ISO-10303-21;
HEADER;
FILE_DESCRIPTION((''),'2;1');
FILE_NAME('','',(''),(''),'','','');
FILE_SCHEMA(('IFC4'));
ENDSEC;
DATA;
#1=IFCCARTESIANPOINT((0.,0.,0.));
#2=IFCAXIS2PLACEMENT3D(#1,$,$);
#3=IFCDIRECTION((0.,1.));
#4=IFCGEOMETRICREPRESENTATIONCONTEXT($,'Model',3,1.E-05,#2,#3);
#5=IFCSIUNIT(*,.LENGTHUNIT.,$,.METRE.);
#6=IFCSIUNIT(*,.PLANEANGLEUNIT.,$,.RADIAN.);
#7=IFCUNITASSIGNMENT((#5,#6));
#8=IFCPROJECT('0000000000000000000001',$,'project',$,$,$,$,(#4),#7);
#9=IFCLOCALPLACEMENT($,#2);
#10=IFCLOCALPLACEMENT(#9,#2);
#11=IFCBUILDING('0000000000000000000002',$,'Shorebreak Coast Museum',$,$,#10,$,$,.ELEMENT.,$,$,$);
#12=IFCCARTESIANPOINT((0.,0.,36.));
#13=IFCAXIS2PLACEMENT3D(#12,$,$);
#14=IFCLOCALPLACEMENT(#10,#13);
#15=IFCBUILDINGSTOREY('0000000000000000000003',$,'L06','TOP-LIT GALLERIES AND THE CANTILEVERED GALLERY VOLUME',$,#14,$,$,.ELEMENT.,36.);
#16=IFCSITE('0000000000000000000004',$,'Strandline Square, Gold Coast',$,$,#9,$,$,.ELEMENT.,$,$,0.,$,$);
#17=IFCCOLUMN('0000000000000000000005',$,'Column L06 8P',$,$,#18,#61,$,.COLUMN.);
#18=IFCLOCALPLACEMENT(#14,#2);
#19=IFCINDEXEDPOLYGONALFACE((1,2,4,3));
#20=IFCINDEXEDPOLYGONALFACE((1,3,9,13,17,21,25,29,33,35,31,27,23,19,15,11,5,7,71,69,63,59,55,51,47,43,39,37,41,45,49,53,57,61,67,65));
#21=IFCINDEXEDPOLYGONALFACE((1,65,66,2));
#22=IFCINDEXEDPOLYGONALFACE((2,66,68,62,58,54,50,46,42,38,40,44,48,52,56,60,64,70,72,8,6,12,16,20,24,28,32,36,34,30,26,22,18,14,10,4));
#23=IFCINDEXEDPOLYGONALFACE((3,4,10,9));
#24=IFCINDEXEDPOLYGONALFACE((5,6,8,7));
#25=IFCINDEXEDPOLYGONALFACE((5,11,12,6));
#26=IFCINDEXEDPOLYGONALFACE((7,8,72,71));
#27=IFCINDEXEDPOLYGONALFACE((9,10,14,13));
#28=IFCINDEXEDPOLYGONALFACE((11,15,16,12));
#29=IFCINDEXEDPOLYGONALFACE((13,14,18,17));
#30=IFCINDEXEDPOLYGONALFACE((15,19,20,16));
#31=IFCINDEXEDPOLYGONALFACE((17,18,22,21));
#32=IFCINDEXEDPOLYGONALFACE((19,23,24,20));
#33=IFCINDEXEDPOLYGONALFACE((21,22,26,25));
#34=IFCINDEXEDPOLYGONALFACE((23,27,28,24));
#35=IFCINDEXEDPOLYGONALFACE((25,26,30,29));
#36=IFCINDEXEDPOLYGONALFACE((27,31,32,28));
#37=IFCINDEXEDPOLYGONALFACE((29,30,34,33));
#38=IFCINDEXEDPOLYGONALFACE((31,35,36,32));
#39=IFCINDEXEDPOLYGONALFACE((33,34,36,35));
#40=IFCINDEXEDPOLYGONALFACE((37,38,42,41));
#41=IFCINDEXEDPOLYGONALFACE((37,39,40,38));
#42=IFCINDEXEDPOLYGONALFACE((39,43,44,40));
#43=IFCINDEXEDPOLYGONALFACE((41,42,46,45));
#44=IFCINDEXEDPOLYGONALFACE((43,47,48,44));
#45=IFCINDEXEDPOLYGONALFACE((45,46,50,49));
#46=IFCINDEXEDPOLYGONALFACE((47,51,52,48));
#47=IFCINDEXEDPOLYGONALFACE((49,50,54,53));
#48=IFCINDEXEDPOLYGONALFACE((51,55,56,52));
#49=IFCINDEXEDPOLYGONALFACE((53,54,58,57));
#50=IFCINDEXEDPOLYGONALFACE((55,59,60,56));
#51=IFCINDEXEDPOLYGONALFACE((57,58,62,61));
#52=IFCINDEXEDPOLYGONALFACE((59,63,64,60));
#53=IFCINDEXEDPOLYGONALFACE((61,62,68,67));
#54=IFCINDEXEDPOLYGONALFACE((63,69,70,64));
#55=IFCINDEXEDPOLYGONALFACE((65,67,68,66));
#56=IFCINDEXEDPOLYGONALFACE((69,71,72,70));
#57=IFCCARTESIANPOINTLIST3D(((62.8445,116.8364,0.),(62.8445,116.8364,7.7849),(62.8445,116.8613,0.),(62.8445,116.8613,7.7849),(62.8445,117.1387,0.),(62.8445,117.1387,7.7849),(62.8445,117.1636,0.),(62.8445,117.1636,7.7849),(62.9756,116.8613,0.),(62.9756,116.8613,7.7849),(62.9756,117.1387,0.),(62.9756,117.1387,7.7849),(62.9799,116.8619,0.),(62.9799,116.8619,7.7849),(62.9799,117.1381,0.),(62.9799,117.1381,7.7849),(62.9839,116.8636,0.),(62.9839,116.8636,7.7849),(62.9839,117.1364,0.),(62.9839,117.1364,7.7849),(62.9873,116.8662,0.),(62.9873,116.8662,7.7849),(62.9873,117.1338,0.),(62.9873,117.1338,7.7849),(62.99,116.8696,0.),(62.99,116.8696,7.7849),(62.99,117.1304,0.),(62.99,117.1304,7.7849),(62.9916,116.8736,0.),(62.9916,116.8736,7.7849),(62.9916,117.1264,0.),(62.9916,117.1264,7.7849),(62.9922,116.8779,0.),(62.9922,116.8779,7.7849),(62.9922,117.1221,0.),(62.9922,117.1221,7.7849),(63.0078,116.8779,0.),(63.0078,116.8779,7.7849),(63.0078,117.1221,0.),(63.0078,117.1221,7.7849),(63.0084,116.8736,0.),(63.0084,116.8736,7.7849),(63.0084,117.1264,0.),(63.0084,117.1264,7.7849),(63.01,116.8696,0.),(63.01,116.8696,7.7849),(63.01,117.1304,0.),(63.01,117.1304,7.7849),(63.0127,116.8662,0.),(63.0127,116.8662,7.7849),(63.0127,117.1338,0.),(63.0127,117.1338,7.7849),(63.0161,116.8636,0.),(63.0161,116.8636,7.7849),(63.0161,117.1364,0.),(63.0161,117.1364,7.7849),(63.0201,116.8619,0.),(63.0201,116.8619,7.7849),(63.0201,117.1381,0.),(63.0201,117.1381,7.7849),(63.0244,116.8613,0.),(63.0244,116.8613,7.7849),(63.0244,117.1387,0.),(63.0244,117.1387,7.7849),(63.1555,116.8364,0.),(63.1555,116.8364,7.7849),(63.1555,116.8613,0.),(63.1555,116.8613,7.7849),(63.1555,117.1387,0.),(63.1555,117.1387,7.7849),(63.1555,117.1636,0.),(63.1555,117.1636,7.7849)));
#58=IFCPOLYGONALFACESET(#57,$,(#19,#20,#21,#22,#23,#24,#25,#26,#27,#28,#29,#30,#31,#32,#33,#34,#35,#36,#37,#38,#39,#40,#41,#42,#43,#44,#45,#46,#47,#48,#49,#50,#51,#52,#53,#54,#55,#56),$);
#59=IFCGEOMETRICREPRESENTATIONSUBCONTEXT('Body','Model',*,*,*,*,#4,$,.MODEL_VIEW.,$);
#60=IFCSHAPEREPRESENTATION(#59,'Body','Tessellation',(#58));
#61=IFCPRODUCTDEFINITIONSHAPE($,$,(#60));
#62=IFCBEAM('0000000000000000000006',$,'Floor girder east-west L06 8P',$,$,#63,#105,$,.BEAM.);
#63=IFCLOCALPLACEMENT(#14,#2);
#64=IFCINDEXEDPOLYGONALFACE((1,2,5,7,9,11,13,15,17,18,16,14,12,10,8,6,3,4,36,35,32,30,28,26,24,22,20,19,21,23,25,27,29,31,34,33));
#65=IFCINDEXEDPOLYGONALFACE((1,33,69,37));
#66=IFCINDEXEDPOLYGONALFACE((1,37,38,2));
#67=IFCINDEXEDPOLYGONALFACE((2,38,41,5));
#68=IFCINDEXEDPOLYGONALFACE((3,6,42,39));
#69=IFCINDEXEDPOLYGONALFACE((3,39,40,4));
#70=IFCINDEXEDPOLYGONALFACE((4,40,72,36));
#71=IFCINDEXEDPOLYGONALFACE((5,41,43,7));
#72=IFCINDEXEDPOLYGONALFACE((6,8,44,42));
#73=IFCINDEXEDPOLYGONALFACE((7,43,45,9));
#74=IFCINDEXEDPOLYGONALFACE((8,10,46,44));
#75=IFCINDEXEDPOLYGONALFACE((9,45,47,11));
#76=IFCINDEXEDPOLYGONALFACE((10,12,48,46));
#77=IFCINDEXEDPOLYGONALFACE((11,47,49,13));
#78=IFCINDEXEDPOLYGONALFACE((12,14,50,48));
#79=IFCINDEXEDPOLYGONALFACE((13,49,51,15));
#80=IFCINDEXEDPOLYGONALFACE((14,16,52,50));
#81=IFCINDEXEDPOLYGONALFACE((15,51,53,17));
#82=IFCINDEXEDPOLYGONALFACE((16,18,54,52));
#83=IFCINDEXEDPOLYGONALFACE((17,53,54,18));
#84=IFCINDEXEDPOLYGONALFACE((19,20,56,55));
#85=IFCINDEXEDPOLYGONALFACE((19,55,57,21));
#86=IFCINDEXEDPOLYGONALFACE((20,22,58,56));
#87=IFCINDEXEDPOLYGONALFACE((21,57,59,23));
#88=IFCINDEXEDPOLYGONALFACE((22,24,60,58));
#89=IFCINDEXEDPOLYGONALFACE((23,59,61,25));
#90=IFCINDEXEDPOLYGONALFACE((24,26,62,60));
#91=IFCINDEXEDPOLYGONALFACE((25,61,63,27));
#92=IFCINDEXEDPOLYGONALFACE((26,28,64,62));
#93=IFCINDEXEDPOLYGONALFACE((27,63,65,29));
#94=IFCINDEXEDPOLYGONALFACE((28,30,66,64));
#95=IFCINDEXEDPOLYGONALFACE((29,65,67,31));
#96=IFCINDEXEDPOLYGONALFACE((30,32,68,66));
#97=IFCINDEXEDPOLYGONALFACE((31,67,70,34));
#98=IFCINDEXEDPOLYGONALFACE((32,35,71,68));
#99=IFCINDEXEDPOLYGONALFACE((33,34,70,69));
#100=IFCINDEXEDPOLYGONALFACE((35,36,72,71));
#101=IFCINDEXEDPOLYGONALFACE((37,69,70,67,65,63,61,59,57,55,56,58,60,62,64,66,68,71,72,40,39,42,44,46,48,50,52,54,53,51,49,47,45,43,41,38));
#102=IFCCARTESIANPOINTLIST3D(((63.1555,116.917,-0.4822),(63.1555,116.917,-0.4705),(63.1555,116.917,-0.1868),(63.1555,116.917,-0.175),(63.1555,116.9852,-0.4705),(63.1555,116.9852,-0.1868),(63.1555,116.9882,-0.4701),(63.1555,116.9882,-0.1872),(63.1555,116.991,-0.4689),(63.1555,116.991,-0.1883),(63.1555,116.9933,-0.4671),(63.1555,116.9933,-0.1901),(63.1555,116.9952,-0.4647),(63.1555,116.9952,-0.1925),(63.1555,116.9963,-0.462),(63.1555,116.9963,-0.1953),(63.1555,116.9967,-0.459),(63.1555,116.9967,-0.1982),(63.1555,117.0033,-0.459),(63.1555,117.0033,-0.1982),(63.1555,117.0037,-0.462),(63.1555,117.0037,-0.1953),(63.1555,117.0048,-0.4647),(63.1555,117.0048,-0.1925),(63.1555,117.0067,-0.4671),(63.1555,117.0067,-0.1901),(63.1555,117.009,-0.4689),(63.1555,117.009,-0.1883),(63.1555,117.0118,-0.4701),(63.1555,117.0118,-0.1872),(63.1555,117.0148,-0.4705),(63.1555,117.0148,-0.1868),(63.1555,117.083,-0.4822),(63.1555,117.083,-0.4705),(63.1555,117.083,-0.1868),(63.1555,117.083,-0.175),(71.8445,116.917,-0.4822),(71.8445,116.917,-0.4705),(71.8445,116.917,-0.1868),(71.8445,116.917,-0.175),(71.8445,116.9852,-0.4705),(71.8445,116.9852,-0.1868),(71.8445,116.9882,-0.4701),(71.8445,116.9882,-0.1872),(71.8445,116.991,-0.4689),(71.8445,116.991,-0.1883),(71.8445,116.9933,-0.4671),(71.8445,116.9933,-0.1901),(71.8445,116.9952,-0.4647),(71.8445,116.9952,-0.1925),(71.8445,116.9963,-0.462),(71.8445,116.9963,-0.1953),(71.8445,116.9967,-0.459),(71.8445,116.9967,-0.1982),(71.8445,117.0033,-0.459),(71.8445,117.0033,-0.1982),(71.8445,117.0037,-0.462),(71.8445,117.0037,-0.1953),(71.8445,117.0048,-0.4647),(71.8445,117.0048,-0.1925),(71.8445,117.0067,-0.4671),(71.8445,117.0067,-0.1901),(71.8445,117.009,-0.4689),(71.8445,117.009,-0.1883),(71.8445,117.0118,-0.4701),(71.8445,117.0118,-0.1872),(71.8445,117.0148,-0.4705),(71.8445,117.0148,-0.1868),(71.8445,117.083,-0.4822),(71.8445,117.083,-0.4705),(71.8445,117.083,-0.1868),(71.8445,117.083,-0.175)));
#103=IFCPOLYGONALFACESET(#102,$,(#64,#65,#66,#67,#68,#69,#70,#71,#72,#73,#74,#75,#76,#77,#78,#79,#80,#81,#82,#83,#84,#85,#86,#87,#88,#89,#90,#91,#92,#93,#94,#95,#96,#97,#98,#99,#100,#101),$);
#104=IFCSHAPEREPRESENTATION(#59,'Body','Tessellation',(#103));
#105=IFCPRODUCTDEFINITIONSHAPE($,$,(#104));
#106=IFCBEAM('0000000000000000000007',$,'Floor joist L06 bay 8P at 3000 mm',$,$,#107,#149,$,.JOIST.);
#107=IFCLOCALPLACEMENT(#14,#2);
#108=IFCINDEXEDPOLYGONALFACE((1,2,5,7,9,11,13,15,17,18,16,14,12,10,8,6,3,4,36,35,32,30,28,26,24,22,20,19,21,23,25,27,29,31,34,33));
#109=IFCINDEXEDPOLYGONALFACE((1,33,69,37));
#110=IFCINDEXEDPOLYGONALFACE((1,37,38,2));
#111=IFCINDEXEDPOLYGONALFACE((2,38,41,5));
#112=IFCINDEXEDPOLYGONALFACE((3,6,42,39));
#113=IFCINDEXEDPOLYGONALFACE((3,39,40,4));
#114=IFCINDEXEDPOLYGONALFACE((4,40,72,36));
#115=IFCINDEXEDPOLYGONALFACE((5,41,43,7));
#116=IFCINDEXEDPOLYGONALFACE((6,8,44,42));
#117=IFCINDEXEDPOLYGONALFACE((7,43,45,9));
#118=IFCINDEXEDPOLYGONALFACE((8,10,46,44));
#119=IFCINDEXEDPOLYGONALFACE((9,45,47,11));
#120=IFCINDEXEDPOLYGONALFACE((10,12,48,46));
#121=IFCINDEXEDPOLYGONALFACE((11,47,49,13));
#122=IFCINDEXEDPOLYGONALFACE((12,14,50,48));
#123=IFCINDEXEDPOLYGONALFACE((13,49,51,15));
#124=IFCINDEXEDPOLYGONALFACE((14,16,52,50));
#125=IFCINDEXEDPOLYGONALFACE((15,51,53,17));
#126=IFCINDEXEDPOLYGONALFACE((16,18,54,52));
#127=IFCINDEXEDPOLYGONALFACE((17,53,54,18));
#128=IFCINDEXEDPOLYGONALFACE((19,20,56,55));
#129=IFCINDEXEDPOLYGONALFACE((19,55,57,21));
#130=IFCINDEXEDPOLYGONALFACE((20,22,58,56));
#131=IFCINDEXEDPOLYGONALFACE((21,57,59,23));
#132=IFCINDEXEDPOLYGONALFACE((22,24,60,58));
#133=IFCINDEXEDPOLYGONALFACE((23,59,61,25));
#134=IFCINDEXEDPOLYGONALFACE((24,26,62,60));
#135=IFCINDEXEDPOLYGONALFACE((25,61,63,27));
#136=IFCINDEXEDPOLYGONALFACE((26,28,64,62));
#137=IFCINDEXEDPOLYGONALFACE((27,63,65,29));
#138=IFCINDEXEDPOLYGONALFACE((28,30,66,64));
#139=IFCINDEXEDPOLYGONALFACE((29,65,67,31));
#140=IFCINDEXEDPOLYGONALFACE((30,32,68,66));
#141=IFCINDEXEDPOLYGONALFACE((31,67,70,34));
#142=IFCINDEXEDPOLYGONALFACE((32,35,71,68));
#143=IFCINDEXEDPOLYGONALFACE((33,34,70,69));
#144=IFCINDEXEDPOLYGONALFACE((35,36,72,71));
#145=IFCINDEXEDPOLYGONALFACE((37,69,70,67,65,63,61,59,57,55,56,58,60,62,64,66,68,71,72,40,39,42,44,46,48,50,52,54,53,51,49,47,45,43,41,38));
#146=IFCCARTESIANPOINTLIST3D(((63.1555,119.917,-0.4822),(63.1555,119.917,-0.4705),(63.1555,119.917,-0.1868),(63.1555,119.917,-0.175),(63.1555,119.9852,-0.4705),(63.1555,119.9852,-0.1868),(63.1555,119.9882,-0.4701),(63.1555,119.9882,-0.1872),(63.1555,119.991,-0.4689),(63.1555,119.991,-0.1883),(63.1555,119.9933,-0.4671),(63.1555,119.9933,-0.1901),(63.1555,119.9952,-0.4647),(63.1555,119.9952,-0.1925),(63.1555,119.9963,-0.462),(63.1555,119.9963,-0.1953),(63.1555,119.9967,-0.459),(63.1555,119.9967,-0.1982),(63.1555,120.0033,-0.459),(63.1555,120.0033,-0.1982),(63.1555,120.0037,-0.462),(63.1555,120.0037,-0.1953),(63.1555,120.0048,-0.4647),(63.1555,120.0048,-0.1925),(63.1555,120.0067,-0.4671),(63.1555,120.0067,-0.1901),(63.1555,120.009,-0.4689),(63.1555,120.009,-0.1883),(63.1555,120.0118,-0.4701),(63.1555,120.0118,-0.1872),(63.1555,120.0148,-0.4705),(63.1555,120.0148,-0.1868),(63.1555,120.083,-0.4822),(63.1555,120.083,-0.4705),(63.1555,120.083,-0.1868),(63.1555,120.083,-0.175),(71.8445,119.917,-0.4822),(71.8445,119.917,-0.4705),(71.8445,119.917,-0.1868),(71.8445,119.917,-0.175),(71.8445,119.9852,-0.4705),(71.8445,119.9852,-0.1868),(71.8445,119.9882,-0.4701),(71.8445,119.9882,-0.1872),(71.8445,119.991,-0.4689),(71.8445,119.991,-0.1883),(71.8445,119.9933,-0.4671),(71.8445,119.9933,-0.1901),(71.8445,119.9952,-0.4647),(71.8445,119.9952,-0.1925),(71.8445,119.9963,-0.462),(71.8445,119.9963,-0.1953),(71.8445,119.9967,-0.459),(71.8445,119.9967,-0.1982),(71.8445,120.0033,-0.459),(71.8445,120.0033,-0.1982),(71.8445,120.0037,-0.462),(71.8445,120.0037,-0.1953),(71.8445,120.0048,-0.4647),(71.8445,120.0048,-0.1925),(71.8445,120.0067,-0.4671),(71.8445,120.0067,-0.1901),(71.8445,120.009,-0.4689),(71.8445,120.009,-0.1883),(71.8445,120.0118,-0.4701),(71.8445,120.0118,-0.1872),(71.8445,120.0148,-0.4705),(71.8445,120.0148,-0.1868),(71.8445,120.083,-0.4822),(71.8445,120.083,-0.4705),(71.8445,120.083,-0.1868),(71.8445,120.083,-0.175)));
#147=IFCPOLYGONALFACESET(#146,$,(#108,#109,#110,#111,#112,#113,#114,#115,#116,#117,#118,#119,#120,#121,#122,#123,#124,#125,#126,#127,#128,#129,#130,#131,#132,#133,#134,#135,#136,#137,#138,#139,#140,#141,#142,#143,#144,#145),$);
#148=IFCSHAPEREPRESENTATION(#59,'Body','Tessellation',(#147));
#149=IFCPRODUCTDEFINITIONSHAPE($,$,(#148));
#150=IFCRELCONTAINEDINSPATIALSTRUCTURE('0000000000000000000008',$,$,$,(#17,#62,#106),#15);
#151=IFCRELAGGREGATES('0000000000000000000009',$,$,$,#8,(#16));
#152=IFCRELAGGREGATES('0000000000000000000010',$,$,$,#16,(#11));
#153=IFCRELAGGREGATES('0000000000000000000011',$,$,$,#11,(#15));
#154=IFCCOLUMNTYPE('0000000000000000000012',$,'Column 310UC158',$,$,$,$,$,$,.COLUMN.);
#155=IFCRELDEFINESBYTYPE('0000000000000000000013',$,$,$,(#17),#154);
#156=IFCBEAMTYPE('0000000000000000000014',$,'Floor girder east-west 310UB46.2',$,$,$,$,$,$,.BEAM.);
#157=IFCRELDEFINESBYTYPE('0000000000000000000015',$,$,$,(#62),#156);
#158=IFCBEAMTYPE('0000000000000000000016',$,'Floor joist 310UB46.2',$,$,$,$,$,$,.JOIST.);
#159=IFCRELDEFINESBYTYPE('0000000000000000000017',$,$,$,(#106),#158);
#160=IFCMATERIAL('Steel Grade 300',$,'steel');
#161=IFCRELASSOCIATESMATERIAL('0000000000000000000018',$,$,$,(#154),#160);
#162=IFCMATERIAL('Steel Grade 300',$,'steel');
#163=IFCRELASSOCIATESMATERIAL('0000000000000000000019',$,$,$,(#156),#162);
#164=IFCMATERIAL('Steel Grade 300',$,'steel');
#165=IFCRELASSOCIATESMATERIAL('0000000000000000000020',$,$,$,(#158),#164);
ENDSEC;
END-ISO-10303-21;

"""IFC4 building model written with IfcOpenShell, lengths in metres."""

from ifc_helpers import new_model, si_unit, direction, frame, origin, origin_2d, place, context, subcontext, project, spatial, i_section, extrude, material, material_profile, profile_set, type_object, element, save


model = new_model("IFC4")

# Units and contexts
model_context = context("Model", 3, precision=1e-05, world=origin(), true_north=direction((0.0, 1.0)))
body_context = subcontext(model_context, "Body", "Model", "MODEL_VIEW")
ifc_project = project(units=[si_unit("LENGTHUNIT", "METRE"), si_unit("PLANEANGLEUNIT", "RADIAN")], contexts=[model_context])

# Site, building, storey
site_placement = place(None, origin())
site = spatial("IfcSite", under=ifc_project, at=site_placement, Name="Strandline Square, Gold Coast", CompositionType="ELEMENT", RefElevation=0.0)
building_placement = place(site_placement, origin())
building = spatial("IfcBuilding", under=site, at=building_placement, Name="Shorebreak Coast Museum", CompositionType="ELEMENT")
storey_placement = place(building_placement, frame((0.0, 0.0, 36.0)))
storey = spatial("IfcBuildingStorey", under=building, at=storey_placement, Name="L06", Description="TOP-LIT GALLERIES AND THE CANTILEVERED GALLERY VOLUME", CompositionType="ELEMENT", Elevation=36.0)

# Column
ifc_material_1 = material(Name="Steel Grade 300", Category="steel")
ifc_material_profile_1 = material_profile(ifc_material_1, i_section(OverallWidth=0.311, OverallDepth=0.3271, WebThickness=0.0156, FlangeThickness=0.0249, FilletRadius=0.0166, at=origin_2d()), Name="310UC158")
ifc_profile_set_1 = profile_set([ifc_material_profile_1], Name="Steel Grade 300")
column_type = type_object("IfcColumnType", Name="Column 310UC158", PredefinedType="COLUMN", material=ifc_profile_set_1)
column_placement = place(storey_placement, frame((63.0, 117.0, 0.0), z_axis=(0.0, 0.0, 1.0), x_axis=(1.0, 0.0, 0.0)))
element("IfcColumn", 1, at=column_placement, inside=storey, type_object=column_type, Name="Column L06 8P", PredefinedType="COLUMN", context=body_context, shape_type="SweptSolid", body=[
    extrude(i_section(OverallWidth=0.311, OverallDepth=0.3271, WebThickness=0.0156, FlangeThickness=0.0249, FilletRadius=0.0166, at=origin_2d()), origin(), (0.0, 0.0, 1.0), 7.7849),
])

# Beams
ifc_material_2 = material(Name="Steel Grade 300", Category="steel")
ifc_material_profile_2 = material_profile(ifc_material_2, i_section(OverallWidth=0.166, OverallDepth=0.3071, WebThickness=0.0066, FlangeThickness=0.0117, FilletRadius=0.0115, at=origin_2d()), Name="310UB46.2")
ifc_profile_set_2 = profile_set([ifc_material_profile_2], Name="Steel Grade 300")
beam_type_1 = type_object("IfcBeamType", Name="Floor girder east-west 310UB46.2", PredefinedType="BEAM", material=ifc_profile_set_2)
beam_1_placement = place(storey_placement, frame((63.1555, 117.0, -0.3286), z_axis=(1.0, 0.0, 0.0), x_axis=(0.0, 1.0, 0.0)))
element("IfcBeam", 2, at=beam_1_placement, inside=storey, type_object=beam_type_1, Name="Floor girder east-west L06 8P", PredefinedType="BEAM", context=body_context, shape_type="SweptSolid", body=[
    extrude(i_section(OverallWidth=0.166, OverallDepth=0.3071, WebThickness=0.0066, FlangeThickness=0.0117, FilletRadius=0.0115, at=origin_2d()), origin(), (0.0, 0.0, 1.0), 8.689),
])
ifc_material_3 = material(Name="Steel Grade 300", Category="steel")
ifc_material_profile_3 = material_profile(ifc_material_3, i_section(OverallWidth=0.166, OverallDepth=0.3071, WebThickness=0.0066, FlangeThickness=0.0117, FilletRadius=0.0115, at=origin_2d()), Name="310UB46.2")
ifc_profile_set_3 = profile_set([ifc_material_profile_3], Name="Steel Grade 300")
beam_type_2 = type_object("IfcBeamType", Name="Floor joist 310UB46.2", PredefinedType="JOIST", material=ifc_profile_set_3)
beam_2_placement = place(storey_placement, frame((63.1555, 120.0, -0.3286), z_axis=(1.0, 0.0, 0.0), x_axis=(0.0, 1.0, 0.0)))
element("IfcBeam", 3, at=beam_2_placement, inside=storey, type_object=beam_type_2, Name="Floor joist L06 bay 8P at 3000 mm", PredefinedType="JOIST", context=body_context, shape_type="SweptSolid", body=[
    extrude(i_section(OverallWidth=0.166, OverallDepth=0.3071, WebThickness=0.0066, FlangeThickness=0.0117, FilletRadius=0.0115, at=origin_2d()), origin(), (0.0, 0.0, 1.0), 8.689),
])

save(model, "model.ifc")
